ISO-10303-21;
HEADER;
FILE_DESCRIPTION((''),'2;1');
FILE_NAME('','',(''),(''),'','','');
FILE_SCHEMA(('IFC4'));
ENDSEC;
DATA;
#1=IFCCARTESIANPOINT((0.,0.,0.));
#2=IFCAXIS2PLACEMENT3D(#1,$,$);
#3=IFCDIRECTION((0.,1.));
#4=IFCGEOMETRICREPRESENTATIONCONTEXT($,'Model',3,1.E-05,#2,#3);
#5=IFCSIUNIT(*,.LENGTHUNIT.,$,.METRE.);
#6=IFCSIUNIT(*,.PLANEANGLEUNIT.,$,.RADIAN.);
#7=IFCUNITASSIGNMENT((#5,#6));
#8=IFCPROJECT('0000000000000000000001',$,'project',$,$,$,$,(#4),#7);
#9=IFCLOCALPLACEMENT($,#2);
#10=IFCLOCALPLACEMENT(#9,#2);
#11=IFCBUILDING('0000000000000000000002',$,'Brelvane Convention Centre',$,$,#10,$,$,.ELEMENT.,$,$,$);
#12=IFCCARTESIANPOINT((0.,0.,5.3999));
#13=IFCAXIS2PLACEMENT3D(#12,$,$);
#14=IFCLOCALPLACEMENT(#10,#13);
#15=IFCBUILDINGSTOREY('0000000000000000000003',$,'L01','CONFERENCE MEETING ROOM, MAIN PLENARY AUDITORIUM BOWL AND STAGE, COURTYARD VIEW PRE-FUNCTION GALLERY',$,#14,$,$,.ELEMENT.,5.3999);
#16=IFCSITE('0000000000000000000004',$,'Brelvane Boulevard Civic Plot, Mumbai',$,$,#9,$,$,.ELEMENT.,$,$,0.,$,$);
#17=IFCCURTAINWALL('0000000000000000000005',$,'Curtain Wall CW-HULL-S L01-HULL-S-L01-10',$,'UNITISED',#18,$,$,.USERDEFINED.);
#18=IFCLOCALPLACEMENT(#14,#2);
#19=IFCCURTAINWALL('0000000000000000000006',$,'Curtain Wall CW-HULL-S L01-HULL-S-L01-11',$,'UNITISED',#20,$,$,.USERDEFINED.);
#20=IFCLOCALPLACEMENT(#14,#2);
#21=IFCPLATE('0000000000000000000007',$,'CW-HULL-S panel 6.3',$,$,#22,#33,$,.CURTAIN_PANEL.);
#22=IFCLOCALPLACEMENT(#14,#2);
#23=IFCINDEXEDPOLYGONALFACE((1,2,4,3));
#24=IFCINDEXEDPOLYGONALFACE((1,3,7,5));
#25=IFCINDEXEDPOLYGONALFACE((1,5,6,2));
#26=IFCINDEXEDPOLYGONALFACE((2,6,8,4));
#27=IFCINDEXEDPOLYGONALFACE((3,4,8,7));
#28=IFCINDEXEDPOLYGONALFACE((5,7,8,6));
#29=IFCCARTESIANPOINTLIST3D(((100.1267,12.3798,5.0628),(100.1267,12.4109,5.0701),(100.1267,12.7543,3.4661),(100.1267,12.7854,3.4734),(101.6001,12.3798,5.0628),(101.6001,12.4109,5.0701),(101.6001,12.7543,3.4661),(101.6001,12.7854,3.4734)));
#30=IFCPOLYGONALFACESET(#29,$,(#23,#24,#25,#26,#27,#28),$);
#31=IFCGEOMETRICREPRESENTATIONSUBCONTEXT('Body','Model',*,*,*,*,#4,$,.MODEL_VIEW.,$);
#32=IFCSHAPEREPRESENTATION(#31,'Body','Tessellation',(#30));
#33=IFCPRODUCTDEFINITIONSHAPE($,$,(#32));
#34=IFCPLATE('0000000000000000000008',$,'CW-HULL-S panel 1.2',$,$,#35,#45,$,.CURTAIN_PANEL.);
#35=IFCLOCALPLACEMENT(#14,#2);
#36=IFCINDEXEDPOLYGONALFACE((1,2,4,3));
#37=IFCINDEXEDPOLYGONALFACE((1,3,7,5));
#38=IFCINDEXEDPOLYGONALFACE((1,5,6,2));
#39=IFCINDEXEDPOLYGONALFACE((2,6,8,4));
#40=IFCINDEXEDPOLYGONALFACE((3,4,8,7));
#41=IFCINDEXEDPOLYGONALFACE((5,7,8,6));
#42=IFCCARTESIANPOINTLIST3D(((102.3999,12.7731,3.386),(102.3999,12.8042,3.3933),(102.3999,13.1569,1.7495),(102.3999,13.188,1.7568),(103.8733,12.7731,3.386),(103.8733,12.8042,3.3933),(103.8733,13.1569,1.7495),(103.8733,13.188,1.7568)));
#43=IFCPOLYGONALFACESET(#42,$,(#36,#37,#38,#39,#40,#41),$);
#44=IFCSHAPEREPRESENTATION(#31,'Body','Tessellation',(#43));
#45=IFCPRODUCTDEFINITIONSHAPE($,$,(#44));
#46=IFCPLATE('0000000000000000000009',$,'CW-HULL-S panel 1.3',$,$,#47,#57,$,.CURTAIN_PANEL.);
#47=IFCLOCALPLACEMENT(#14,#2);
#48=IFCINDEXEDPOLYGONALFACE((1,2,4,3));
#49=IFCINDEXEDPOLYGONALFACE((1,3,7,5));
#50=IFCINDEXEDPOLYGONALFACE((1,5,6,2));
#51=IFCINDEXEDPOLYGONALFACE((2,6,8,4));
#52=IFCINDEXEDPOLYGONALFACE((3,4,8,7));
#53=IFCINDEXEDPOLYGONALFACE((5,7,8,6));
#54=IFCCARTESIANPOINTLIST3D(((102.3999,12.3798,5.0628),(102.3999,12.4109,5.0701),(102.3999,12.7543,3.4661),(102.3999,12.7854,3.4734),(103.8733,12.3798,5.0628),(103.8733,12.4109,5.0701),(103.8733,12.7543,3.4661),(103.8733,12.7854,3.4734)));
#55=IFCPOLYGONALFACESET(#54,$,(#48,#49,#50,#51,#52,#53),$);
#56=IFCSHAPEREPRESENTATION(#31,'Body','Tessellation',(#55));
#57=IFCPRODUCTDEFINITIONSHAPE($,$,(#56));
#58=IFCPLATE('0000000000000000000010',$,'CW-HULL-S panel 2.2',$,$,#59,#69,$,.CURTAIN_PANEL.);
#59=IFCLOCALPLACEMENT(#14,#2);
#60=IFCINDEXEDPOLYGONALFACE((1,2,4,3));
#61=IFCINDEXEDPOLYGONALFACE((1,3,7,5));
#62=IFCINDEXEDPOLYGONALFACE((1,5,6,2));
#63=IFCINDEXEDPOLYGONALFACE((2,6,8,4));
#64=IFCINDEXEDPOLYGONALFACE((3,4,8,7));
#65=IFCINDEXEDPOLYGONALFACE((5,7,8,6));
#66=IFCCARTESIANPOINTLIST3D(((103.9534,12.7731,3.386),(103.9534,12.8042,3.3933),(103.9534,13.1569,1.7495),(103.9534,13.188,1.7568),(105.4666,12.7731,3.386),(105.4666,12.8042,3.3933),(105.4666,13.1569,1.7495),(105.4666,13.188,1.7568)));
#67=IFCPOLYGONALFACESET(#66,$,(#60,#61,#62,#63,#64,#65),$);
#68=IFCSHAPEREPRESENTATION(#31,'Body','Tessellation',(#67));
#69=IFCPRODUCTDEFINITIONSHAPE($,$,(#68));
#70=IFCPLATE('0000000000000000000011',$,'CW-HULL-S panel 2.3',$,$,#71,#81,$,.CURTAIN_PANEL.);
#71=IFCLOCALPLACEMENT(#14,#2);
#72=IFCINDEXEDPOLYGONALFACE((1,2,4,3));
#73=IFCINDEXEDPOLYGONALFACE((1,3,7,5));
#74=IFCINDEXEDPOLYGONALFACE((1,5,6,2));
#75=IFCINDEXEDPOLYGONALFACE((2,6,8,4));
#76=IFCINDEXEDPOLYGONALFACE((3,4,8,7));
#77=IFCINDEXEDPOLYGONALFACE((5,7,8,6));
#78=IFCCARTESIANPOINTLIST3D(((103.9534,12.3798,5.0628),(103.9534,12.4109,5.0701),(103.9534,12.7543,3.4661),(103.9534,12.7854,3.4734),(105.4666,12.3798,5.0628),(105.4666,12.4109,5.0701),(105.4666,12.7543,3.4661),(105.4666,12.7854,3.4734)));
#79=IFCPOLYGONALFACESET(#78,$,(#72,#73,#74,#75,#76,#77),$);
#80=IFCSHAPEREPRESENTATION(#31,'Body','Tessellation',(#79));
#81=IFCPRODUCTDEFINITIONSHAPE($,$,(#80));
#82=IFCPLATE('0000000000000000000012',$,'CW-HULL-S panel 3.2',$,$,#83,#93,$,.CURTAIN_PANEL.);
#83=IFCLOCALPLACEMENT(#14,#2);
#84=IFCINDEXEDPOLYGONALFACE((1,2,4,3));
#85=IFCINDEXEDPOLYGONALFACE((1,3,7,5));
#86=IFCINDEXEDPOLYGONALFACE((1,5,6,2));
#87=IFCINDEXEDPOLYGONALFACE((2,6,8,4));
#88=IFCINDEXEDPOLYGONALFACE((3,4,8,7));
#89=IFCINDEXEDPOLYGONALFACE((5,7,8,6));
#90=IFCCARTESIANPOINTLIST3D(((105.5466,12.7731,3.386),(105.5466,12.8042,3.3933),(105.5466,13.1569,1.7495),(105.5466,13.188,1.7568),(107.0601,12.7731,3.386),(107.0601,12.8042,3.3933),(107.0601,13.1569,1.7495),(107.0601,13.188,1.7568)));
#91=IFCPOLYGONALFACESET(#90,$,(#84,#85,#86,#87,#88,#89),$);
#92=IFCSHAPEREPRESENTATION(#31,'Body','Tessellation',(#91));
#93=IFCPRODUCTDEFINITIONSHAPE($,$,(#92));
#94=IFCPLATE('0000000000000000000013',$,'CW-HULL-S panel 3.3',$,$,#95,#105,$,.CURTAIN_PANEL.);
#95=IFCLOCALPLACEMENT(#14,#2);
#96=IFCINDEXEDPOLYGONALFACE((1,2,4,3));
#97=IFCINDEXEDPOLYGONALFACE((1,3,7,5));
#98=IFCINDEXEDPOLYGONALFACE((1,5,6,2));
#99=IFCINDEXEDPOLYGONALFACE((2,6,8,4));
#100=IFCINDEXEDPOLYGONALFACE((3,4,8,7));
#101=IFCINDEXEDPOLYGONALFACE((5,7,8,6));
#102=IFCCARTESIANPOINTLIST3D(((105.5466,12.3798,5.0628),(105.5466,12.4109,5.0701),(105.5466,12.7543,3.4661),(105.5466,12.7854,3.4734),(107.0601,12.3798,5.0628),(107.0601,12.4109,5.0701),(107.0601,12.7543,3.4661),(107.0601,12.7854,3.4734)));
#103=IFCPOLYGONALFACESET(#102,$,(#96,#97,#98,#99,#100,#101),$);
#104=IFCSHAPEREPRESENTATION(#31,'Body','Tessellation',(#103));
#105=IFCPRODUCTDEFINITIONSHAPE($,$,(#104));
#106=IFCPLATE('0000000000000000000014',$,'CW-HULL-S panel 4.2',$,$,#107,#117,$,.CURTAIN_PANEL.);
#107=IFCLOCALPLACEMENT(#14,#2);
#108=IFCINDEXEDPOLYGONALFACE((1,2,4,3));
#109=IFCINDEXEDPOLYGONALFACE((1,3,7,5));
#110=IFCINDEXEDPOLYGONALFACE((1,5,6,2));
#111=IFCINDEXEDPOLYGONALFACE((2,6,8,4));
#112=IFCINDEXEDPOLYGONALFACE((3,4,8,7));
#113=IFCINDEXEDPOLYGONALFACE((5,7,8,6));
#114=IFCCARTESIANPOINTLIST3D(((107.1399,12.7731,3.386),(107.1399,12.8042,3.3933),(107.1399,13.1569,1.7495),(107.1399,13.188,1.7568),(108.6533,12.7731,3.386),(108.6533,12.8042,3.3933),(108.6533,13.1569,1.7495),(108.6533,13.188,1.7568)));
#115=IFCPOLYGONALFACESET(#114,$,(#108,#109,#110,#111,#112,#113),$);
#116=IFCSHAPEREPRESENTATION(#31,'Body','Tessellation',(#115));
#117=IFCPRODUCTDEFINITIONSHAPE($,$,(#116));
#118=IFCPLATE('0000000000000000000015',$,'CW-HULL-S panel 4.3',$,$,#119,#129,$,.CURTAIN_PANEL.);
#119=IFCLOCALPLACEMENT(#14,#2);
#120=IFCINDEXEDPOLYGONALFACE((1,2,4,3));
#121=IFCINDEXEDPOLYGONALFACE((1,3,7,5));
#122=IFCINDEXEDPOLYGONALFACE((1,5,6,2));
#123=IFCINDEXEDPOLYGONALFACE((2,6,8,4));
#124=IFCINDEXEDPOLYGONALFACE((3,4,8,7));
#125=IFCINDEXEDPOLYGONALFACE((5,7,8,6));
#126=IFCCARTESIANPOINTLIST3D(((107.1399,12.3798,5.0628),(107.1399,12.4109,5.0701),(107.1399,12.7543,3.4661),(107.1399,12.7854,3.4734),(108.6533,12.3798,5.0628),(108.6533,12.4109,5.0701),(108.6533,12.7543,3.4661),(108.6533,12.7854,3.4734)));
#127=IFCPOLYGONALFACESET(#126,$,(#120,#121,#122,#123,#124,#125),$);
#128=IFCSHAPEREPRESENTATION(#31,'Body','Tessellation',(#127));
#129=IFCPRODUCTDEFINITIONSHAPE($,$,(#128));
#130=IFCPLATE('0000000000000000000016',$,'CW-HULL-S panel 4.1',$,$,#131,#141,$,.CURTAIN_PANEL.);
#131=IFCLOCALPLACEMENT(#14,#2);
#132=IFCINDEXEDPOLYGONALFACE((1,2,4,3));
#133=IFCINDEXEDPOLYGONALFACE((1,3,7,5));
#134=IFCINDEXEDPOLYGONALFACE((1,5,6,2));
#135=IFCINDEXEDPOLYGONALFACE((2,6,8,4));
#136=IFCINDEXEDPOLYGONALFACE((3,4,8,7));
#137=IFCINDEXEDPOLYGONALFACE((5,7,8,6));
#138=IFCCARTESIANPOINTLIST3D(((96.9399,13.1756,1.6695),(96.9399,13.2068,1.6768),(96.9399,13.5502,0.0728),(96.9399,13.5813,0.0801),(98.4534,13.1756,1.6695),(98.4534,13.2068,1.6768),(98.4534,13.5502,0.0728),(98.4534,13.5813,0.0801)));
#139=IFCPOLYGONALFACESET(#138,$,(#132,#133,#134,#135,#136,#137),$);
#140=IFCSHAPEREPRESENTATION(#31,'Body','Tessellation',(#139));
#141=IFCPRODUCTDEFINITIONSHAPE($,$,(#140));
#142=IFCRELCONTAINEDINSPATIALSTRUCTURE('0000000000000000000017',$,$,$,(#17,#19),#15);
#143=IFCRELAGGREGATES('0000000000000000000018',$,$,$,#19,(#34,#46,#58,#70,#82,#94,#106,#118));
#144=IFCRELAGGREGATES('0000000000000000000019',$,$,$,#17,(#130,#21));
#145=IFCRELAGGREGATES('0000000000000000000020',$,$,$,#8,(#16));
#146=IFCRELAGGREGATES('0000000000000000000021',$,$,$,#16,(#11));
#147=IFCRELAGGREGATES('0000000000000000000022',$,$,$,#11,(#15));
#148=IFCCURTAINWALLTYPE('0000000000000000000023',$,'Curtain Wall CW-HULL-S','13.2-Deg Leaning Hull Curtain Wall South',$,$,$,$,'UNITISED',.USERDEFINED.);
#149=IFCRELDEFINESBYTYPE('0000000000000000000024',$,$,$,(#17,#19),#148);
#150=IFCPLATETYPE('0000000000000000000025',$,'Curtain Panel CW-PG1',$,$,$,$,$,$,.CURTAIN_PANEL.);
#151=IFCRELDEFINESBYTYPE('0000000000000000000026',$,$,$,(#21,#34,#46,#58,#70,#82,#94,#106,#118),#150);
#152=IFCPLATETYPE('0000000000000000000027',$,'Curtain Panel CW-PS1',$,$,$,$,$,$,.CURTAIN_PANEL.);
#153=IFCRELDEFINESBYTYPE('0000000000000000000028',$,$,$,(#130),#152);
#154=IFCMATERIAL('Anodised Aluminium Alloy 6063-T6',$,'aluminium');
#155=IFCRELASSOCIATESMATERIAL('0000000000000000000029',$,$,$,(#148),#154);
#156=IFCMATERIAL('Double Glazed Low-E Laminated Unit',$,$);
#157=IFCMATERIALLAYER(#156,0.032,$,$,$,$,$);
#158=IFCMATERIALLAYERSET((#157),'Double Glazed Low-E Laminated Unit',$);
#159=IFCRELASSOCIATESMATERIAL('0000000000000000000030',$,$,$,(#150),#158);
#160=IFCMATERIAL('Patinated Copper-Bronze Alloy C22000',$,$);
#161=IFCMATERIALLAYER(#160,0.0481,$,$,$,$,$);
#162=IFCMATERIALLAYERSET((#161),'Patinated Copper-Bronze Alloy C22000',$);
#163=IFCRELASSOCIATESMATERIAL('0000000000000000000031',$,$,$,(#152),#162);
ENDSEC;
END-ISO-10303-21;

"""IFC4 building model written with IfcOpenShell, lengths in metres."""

from ifc_helpers import new_model, si_unit, direction, frame, origin, place, context, subcontext, project, spatial, polyline, outline, extrude, material, layer, layer_set, type_object, element, aggregate, save


model = new_model("IFC4")

# Units and contexts
model_context = context("Model", 3, precision=1e-05, world=origin(), true_north=direction((0.0, 1.0)))
body_context = subcontext(model_context, "Body", "Model", "MODEL_VIEW")
ifc_project = project(units=[si_unit("LENGTHUNIT", "METRE"), si_unit("PLANEANGLEUNIT", "RADIAN")], contexts=[model_context])

# Site, building, storey
site_placement = place(None, origin())
site = spatial("IfcSite", under=ifc_project, at=site_placement, Name="Brelvane Boulevard Civic Plot, Mumbai", CompositionType="ELEMENT", RefElevation=0.0)
building_placement = place(site_placement, origin())
building = spatial("IfcBuilding", under=site, at=building_placement, Name="Brelvane Convention Centre", CompositionType="ELEMENT")
storey_placement = place(building_placement, frame((0.0, 0.0, 5.3999)))
storey = spatial("IfcBuildingStorey", under=building, at=storey_placement, Name="L01", Description="CONFERENCE MEETING ROOM, MAIN PLENARY AUDITORIUM BOWL AND STAGE, COURTYARD VIEW PRE-FUNCTION GALLERY", CompositionType="ELEMENT", Elevation=5.3999)

# Curtain walls
ifc_material_1 = material(Name="Anodised Aluminium Alloy 6063-T6", Category="aluminium")
curtain_wall_type = type_object("IfcCurtainWallType", Name="Curtain Wall CW-HULL-S", Description="13.2-Deg Leaning Hull Curtain Wall South", ElementType="UNITISED", PredefinedType="USERDEFINED", material=ifc_material_1)
curtain_wall_1_placement = place(storey_placement, origin())
curtain_wall_1 = element("IfcCurtainWall", 1, at=curtain_wall_1_placement, inside=storey, type_object=curtain_wall_type, Name="Curtain Wall CW-HULL-S L01-HULL-S-L01-10", ObjectType="UNITISED", PredefinedType="USERDEFINED")
curtain_wall_2_placement = place(storey_placement, origin())
curtain_wall_2 = element("IfcCurtainWall", 2, at=curtain_wall_2_placement, inside=storey, type_object=curtain_wall_type, Name="Curtain Wall CW-HULL-S L01-HULL-S-L01-11", ObjectType="UNITISED", PredefinedType="USERDEFINED")

# Plates
ifc_material_2 = material(Name="Double Glazed Low-E Laminated Unit")
ifc_layer_1 = layer(ifc_material_2, 0.032)
ifc_layer_set_1 = layer_set([ifc_layer_1], Name="Double Glazed Low-E Laminated Unit")
plate_type_1 = type_object("IfcPlateType", Name="Curtain Panel CW-PG1", PredefinedType="CURTAIN_PANEL", material=ifc_layer_set_1)
plate_1_placement = place(storey_placement, frame((100.1267, 12.7854, 3.4734), z_axis=(0.0, 0.973577, 0.228359), x_axis=(1.0, 0.0, 0.0)))
plate_1 = element("IfcPlate", 3, at=plate_1_placement, type_object=plate_type_1, Name="CW-HULL-S panel 6.3", PredefinedType="CURTAIN_PANEL", context=body_context, shape_type="SweptSolid", body=[
    extrude(outline(polyline([(0.0, 0.0), (1.4734, 0.0), (1.4734, -1.64), (0.0, -1.64), (0.0, 0.0)])), origin(), (0.0, 0.0, -1.0), 0.032),
])
plate_2_placement = place(storey_placement, frame((102.3999, 13.188, 1.7568), z_axis=(0.0, 0.973585, 0.228327), x_axis=(1.0, 0.0, 0.0)))
plate_2 = element("IfcPlate", 4, at=plate_2_placement, type_object=plate_type_1, Name="CW-HULL-S panel 1.2", PredefinedType="CURTAIN_PANEL", context=body_context, shape_type="SweptSolid", body=[
    extrude(outline(polyline([(0.0, 0.0), (1.4734, 0.0), (1.4734, -1.6809), (0.0, -1.6809), (0.0, 0.0)])), origin(), (0.0, 0.0, -1.0), 0.032),
])
plate_3_placement = place(storey_placement, frame((102.3999, 12.7854, 3.4734), z_axis=(0.0, 0.973577, 0.228359), x_axis=(1.0, 0.0, 0.0)))
plate_3 = element("IfcPlate", 5, at=plate_3_placement, type_object=plate_type_1, Name="CW-HULL-S panel 1.3", PredefinedType="CURTAIN_PANEL", context=body_context, shape_type="SweptSolid", body=[
    extrude(outline(polyline([(0.0, 0.0), (1.4734, 0.0), (1.4734, -1.64), (0.0, -1.64), (0.0, 0.0)])), origin(), (0.0, 0.0, -1.0), 0.032),
])
plate_4_placement = place(storey_placement, frame((103.9534, 13.188, 1.7568), z_axis=(0.0, 0.973585, 0.228327), x_axis=(1.0, 0.0, 0.0)))
plate_4 = element("IfcPlate", 6, at=plate_4_placement, type_object=plate_type_1, Name="CW-HULL-S panel 2.2", PredefinedType="CURTAIN_PANEL", context=body_context, shape_type="SweptSolid", body=[
    extrude(outline(polyline([(0.0, 0.0), (1.5132, 0.0), (1.5132, -1.6809), (0.0, -1.6809), (0.0, 0.0)])), origin(), (0.0, 0.0, -1.0), 0.032),
])
plate_5_placement = place(storey_placement, frame((103.9534, 12.7854, 3.4734), z_axis=(0.0, 0.973577, 0.228359), x_axis=(1.0, 0.0, 0.0)))
plate_5 = element("IfcPlate", 7, at=plate_5_placement, type_object=plate_type_1, Name="CW-HULL-S panel 2.3", PredefinedType="CURTAIN_PANEL", context=body_context, shape_type="SweptSolid", body=[
    extrude(outline(polyline([(0.0, 0.0), (1.5132, 0.0), (1.5132, -1.64), (0.0, -1.64), (0.0, 0.0)])), origin(), (0.0, 0.0, -1.0), 0.032),
])
plate_6_placement = place(storey_placement, frame((105.5466, 13.188, 1.7568), z_axis=(0.0, 0.973585, 0.228327), x_axis=(1.0, 0.0, 0.0)))
plate_6 = element("IfcPlate", 8, at=plate_6_placement, type_object=plate_type_1, Name="CW-HULL-S panel 3.2", PredefinedType="CURTAIN_PANEL", context=body_context, shape_type="SweptSolid", body=[
    extrude(outline(polyline([(0.0, 0.0), (1.5134, 0.0), (1.5134, -1.6809), (0.0, -1.6809), (0.0, 0.0)])), origin(), (0.0, 0.0, -1.0), 0.032),
])
plate_7_placement = place(storey_placement, frame((105.5466, 12.7854, 3.4734), z_axis=(0.0, 0.973577, 0.228359), x_axis=(1.0, 0.0, 0.0)))
plate_7 = element("IfcPlate", 9, at=plate_7_placement, type_object=plate_type_1, Name="CW-HULL-S panel 3.3", PredefinedType="CURTAIN_PANEL", context=body_context, shape_type="SweptSolid", body=[
    extrude(outline(polyline([(0.0, 0.0), (1.5134, 0.0), (1.5134, -1.64), (0.0, -1.64), (0.0, 0.0)])), origin(), (0.0, 0.0, -1.0), 0.032),
])
plate_8_placement = place(storey_placement, frame((107.1399, 13.188, 1.7568), z_axis=(0.0, 0.973585, 0.228327), x_axis=(1.0, 0.0, 0.0)))
plate_8 = element("IfcPlate", 10, at=plate_8_placement, type_object=plate_type_1, Name="CW-HULL-S panel 4.2", PredefinedType="CURTAIN_PANEL", context=body_context, shape_type="SweptSolid", body=[
    extrude(outline(polyline([(0.0, 0.0), (1.5134, 0.0), (1.5134, -1.6809), (0.0, -1.6809), (0.0, 0.0)])), origin(), (0.0, 0.0, -1.0), 0.032),
])
plate_9_placement = place(storey_placement, frame((107.1399, 12.7854, 3.4734), z_axis=(0.0, 0.973577, 0.228359), x_axis=(1.0, 0.0, 0.0)))
plate_9 = element("IfcPlate", 11, at=plate_9_placement, type_object=plate_type_1, Name="CW-HULL-S panel 4.3", PredefinedType="CURTAIN_PANEL", context=body_context, shape_type="SweptSolid", body=[
    extrude(outline(polyline([(0.0, 0.0), (1.5134, 0.0), (1.5134, -1.64), (0.0, -1.64), (0.0, 0.0)])), origin(), (0.0, 0.0, -1.0), 0.032),
])
aggregate(curtain_wall_2, [plate_2, plate_3, plate_4, plate_5, plate_6, plate_7, plate_8, plate_9])
ifc_material_3 = material(Name="Patinated Copper-Bronze Alloy C22000")
ifc_layer_2 = layer(ifc_material_3, 0.0481)
ifc_layer_set_2 = layer_set([ifc_layer_2], Name="Patinated Copper-Bronze Alloy C22000")
plate_type_2 = type_object("IfcPlateType", Name="Curtain Panel CW-PS1", PredefinedType="CURTAIN_PANEL", material=ifc_layer_set_2)
plate_10_placement = place(storey_placement, frame((96.9399, 13.5813, 0.0801), z_axis=(0.0, 0.973577, 0.228359), x_axis=(1.0, 0.0, 0.0)))
plate_10 = element("IfcPlate", 12, at=plate_10_placement, type_object=plate_type_2, Name="CW-HULL-S panel 4.1", PredefinedType="CURTAIN_PANEL", context=body_context, shape_type="SweptSolid", body=[
    extrude(outline(polyline([(0.0, 0.0), (1.5134, 0.0), (1.5134, -1.64), (0.0, -1.64), (0.0, 0.0)])), origin(), (0.0, 0.0, -1.0), 0.032),
])
aggregate(curtain_wall_1, [plate_10, plate_1])

save(model, "model.ifc")
